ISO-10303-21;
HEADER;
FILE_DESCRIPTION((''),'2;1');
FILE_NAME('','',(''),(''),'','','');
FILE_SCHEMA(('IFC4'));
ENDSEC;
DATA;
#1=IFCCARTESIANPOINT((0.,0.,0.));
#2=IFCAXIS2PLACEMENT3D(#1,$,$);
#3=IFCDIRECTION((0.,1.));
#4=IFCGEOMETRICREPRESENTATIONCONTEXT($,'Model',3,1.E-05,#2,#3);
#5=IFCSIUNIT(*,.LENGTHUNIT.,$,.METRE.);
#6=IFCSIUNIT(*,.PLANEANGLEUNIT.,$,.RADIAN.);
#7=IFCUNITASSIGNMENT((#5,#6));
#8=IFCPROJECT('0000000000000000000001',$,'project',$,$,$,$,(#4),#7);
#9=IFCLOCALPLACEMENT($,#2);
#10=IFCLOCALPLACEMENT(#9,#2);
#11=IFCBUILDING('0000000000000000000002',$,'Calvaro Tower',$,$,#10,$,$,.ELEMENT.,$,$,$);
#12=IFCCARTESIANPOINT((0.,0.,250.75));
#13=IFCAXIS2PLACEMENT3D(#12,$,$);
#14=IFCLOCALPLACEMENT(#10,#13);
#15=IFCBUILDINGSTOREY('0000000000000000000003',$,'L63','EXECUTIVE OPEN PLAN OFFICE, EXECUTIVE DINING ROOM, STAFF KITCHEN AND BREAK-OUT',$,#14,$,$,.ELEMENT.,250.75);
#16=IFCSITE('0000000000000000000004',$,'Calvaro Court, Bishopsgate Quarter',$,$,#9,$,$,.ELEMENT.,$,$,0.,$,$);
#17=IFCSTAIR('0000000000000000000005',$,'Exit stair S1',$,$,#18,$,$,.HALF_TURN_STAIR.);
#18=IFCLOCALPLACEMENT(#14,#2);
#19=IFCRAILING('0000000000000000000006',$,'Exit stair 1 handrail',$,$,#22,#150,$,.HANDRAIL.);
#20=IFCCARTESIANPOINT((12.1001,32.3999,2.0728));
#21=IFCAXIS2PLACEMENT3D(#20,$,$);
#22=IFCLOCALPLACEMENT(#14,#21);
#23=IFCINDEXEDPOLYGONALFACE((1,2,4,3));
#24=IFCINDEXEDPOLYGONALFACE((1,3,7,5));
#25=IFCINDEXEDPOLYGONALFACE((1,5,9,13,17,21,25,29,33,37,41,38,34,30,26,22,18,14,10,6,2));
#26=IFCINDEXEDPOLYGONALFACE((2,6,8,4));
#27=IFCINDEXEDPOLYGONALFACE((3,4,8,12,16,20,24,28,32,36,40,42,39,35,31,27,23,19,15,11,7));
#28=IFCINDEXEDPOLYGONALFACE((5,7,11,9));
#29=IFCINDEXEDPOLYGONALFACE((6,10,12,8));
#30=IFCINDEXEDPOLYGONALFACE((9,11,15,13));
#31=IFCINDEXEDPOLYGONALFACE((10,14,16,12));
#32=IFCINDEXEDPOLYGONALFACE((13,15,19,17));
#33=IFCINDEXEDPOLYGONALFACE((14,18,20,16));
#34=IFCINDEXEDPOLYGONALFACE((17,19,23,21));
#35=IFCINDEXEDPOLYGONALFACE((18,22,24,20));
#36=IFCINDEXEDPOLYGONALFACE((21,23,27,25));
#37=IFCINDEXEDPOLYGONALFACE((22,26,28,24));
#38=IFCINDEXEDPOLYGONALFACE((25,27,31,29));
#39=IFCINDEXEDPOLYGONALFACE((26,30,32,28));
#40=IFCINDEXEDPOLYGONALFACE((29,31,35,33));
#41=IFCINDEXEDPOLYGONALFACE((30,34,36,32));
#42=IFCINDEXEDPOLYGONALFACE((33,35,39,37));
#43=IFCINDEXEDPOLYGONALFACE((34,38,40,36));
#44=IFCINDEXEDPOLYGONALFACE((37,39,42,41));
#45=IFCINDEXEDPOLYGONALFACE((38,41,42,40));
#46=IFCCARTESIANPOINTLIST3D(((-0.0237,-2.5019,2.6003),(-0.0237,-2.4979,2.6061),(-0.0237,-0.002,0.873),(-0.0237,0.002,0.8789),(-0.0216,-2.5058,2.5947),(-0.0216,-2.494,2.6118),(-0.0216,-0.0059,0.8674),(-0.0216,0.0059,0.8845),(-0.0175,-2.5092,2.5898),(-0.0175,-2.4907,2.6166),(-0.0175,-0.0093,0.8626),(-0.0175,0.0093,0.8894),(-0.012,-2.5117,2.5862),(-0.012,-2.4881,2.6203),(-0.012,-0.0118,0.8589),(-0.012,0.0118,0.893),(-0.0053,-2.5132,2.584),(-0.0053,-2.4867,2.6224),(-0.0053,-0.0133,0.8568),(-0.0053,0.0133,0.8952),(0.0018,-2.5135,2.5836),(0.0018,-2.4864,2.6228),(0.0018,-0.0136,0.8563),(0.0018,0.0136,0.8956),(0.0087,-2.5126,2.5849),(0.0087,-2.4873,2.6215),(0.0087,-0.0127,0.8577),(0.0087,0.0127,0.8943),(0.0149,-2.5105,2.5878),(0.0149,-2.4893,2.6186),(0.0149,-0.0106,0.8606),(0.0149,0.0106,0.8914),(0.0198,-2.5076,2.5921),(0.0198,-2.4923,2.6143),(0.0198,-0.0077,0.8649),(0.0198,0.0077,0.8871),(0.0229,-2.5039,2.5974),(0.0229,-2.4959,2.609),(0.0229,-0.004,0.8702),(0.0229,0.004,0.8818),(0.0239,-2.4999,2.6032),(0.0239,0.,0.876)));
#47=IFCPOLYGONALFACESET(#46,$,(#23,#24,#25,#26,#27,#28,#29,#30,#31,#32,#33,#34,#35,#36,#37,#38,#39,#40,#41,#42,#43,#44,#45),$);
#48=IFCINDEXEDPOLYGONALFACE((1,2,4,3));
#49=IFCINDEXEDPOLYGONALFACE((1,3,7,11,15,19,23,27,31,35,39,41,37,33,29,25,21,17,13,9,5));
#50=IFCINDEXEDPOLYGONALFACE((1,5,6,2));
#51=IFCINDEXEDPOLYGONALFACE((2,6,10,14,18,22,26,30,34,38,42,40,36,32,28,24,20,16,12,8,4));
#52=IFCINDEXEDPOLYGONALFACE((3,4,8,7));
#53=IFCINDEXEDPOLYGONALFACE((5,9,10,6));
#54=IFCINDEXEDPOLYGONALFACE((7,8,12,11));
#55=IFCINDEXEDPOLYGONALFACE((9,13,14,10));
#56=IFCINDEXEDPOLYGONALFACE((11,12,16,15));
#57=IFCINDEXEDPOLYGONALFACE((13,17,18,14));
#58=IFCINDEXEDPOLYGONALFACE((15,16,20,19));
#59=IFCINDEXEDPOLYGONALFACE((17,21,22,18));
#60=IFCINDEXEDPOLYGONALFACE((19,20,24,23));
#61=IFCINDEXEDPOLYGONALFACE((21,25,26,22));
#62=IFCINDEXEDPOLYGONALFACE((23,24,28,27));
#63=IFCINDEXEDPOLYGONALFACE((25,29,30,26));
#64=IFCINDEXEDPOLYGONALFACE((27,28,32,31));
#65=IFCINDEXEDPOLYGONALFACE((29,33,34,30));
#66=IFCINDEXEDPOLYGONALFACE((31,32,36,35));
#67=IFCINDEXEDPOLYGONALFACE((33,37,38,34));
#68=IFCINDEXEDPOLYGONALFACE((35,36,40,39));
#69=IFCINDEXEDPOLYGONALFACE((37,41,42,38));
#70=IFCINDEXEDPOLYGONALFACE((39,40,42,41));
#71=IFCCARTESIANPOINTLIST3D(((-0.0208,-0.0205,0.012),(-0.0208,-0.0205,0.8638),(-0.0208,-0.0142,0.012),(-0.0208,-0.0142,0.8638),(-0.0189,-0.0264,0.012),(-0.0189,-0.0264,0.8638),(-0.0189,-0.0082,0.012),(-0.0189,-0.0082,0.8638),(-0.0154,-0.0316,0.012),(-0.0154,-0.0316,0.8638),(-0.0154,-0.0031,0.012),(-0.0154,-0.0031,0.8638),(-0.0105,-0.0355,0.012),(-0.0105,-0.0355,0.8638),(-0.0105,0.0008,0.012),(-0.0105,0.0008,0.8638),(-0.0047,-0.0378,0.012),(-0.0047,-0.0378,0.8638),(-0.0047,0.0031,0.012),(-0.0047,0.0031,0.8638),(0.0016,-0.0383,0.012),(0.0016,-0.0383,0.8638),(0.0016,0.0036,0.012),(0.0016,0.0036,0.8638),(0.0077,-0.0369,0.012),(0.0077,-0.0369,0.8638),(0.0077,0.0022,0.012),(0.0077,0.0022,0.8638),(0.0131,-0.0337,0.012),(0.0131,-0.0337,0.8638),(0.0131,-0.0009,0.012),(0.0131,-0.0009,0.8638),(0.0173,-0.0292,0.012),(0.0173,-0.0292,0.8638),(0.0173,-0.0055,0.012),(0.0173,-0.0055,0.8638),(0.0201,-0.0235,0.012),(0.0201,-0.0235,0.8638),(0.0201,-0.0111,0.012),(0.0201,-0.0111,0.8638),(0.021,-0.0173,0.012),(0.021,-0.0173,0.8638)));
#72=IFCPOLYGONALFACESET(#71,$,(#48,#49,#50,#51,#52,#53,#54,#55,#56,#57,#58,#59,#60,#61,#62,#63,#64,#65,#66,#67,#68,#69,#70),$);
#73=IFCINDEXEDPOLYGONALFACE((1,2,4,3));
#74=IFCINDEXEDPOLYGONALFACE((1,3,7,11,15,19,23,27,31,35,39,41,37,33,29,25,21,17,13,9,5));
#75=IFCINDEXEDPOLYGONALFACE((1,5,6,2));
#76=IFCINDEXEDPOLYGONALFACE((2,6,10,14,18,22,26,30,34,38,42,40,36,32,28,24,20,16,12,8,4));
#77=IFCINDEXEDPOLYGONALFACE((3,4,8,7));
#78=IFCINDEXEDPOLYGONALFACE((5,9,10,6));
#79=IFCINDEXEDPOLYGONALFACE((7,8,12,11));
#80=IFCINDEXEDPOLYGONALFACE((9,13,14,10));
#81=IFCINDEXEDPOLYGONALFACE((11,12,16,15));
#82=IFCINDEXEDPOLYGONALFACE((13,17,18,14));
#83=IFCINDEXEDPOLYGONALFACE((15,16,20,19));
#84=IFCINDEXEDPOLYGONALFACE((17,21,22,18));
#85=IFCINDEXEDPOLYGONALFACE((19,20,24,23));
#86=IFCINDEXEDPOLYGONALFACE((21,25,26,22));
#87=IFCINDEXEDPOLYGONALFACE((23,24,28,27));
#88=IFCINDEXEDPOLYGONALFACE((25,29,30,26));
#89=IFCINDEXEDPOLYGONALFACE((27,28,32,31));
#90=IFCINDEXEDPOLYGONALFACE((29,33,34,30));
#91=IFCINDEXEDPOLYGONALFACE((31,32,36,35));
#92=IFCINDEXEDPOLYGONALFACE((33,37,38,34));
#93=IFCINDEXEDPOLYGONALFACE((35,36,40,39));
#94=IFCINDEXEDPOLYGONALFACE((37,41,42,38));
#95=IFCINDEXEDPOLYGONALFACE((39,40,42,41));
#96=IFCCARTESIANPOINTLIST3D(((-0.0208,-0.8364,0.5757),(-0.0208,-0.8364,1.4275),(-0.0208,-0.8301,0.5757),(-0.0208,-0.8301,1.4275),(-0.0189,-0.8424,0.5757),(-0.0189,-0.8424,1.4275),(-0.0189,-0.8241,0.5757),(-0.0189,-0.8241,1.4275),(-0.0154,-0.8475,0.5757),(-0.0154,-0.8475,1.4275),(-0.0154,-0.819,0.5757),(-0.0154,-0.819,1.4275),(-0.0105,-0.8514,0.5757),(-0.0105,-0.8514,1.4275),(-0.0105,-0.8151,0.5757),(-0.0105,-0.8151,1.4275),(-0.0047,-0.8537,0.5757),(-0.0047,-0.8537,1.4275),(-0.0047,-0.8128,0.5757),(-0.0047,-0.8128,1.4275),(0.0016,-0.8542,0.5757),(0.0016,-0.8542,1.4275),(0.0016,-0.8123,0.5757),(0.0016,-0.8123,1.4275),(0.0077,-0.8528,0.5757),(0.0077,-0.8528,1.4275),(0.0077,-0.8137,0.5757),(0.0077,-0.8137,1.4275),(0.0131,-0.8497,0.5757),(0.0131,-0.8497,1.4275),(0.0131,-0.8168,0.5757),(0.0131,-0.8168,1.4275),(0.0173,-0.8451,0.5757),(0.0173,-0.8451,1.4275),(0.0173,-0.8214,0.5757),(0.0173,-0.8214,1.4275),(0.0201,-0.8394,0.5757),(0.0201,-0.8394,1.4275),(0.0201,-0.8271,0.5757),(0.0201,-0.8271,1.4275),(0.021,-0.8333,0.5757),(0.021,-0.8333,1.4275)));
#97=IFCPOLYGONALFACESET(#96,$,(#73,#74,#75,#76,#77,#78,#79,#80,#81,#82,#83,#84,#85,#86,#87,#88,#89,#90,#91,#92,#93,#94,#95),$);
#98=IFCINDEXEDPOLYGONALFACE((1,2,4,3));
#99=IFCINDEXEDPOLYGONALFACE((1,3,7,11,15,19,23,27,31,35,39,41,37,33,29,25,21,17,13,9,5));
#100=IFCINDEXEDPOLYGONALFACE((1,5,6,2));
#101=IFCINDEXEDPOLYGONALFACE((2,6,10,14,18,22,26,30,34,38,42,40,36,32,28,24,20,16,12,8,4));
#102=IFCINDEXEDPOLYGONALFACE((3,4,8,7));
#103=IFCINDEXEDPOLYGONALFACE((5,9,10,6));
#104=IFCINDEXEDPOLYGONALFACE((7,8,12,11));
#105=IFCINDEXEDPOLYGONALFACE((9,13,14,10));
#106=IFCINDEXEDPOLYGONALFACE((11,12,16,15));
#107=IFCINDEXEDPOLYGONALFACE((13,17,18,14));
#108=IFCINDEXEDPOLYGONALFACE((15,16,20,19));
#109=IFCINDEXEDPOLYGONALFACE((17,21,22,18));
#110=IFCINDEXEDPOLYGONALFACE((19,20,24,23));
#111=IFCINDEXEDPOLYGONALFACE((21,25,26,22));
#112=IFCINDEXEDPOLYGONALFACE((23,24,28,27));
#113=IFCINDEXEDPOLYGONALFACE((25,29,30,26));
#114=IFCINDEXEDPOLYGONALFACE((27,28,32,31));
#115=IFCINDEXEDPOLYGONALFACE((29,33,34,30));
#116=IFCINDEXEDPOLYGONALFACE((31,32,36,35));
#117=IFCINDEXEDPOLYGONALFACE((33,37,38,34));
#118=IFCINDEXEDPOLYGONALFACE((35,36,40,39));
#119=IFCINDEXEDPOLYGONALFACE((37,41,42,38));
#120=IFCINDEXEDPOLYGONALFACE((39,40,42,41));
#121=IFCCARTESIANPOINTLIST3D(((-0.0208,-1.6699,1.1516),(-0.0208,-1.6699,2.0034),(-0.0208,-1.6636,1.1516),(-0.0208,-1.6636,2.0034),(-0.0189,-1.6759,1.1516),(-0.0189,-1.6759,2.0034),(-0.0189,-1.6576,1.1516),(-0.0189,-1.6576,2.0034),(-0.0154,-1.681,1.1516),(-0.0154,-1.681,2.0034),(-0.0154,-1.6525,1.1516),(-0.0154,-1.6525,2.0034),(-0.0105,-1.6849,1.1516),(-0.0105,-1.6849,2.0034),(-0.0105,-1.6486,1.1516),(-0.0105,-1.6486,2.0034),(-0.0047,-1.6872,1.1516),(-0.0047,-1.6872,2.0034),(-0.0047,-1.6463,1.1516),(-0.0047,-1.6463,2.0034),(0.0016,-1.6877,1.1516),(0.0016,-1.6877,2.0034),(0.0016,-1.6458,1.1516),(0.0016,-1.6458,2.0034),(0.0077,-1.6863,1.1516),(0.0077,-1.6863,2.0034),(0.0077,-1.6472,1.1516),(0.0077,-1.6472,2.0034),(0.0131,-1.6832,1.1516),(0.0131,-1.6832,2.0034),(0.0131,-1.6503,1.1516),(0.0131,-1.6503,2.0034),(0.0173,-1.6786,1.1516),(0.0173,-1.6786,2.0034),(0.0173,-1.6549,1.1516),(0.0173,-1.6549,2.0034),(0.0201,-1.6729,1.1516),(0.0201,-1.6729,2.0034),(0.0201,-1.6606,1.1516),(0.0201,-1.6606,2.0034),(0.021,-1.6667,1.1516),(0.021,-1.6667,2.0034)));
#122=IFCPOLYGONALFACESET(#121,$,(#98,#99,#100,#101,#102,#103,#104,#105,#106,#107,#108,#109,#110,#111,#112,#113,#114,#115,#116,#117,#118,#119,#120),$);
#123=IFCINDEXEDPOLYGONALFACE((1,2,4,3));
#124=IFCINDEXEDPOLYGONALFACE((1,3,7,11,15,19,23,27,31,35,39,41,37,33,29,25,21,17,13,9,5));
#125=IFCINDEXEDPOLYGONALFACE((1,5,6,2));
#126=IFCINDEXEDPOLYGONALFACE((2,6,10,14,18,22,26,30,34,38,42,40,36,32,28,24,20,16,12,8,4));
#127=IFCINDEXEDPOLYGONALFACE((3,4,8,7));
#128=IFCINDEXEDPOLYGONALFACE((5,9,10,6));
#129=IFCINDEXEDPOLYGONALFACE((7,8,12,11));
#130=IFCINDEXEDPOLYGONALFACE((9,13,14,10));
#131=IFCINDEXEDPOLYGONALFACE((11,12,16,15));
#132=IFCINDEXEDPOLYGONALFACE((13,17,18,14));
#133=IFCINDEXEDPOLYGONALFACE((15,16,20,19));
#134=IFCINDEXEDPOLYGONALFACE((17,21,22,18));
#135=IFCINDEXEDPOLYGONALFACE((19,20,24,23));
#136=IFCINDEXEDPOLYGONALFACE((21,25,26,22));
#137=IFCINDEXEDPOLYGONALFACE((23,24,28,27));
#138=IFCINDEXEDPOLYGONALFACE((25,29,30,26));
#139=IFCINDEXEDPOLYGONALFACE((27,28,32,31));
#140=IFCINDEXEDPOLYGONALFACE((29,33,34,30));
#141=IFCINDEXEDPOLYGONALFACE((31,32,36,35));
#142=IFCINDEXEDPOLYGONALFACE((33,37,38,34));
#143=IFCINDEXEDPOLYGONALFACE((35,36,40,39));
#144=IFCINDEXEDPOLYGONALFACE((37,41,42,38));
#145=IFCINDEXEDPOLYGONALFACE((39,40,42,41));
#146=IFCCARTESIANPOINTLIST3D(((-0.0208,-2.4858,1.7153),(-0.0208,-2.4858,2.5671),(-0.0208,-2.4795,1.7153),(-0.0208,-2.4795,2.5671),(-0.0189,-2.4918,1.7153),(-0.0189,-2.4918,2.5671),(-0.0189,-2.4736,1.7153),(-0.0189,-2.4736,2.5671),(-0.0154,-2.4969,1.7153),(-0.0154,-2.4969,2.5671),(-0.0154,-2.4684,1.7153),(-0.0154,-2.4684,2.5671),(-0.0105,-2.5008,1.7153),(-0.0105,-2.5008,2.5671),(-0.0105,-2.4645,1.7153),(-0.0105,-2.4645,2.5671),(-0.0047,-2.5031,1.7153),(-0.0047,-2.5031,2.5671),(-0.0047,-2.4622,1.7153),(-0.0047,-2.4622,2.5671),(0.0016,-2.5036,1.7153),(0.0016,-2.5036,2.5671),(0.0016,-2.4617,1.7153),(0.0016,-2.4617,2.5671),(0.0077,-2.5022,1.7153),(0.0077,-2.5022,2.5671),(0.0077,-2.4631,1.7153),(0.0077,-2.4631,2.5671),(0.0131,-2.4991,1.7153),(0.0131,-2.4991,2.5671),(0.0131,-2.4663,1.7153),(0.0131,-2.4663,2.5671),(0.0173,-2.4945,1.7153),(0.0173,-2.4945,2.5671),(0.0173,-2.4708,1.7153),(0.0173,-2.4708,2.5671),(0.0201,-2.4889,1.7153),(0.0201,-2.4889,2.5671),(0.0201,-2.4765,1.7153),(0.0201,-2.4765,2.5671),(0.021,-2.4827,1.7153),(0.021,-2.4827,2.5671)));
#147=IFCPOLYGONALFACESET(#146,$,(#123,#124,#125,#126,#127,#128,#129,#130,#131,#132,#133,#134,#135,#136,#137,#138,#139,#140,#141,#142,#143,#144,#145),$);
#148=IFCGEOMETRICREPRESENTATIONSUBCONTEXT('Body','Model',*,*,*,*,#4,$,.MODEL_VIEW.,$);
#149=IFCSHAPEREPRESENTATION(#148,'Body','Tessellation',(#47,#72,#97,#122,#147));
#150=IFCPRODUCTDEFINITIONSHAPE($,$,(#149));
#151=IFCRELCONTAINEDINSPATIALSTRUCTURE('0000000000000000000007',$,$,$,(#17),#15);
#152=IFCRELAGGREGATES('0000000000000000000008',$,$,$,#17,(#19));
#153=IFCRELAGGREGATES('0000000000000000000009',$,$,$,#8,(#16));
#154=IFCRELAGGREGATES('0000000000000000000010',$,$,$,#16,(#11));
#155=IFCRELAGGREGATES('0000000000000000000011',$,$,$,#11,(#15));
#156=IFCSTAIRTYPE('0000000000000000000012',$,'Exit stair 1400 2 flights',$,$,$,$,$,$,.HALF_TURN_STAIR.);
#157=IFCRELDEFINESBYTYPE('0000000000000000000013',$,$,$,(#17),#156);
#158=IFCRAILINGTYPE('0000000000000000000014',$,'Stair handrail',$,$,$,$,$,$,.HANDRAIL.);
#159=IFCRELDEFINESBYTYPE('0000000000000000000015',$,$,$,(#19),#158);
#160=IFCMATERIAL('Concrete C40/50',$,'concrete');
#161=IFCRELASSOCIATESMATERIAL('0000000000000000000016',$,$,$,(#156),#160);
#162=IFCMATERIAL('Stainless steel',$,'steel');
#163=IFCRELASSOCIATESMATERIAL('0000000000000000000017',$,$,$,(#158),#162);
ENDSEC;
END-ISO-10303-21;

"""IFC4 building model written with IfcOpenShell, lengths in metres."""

from ifc_helpers import new_model, si_unit, direction, frame, origin, origin_2d, place, context, subcontext, project, spatial, circle, extrude, material, type_object, element, aggregate, save


model = new_model("IFC4")

# Units and contexts
model_context = context("Model", 3, precision=1e-05, world=origin(), true_north=direction((0.0, 1.0)))
body_context = subcontext(model_context, "Body", "Model", "MODEL_VIEW")
ifc_project = project(units=[si_unit("LENGTHUNIT", "METRE"), si_unit("PLANEANGLEUNIT", "RADIAN")], contexts=[model_context])

# Site, building, storey
site_placement = place(None, origin())
site = spatial("IfcSite", under=ifc_project, at=site_placement, Name="Calvaro Court, Bishopsgate Quarter", CompositionType="ELEMENT", RefElevation=0.0)
building_placement = place(site_placement, origin())
building = spatial("IfcBuilding", under=site, at=building_placement, Name="Calvaro Tower", CompositionType="ELEMENT")
storey_placement = place(building_placement, frame((0.0, 0.0, 250.75)))
storey = spatial("IfcBuildingStorey", under=building, at=storey_placement, Name="L63", Description="EXECUTIVE OPEN PLAN OFFICE, EXECUTIVE DINING ROOM, STAFF KITCHEN AND BREAK-OUT", CompositionType="ELEMENT", Elevation=250.75)

# Stair, railing
ifc_material_1 = material(Name="Concrete C40/50", Category="concrete")
stair_type = type_object("IfcStairType", Name="Exit stair 1400 2 flights", PredefinedType="HALF_TURN_STAIR", material=ifc_material_1)
stair_placement = place(storey_placement, origin())
stair = element("IfcStair", 1, at=stair_placement, inside=storey, type_object=stair_type, Name="Exit stair S1", PredefinedType="HALF_TURN_STAIR")
ifc_material_2 = material(Name="Stainless steel", Category="steel")
railing_type = type_object("IfcRailingType", Name="Stair handrail", PredefinedType="HANDRAIL", material=ifc_material_2)
railing_1_placement = place(storey_placement, frame((12.1001, 32.3999, 2.0728)))
railing_1 = element("IfcRailing", 2, at=railing_1_placement, type_object=railing_type, Name="Exit stair 1 handrail", PredefinedType="HANDRAIL", context=body_context, shape_type="SweptSolid", body=[
    extrude(circle(Radius=0.0239, at=origin_2d()), frame((0.0, 0.0, 0.876), z_axis=(0.0, -0.822727, 0.568437), x_axis=(1.0, 0.0, 0.0)), (0.0, 0.0, 1.0), 3.0386),
    extrude(circle(Radius=0.021, at=origin_2d()), frame((0.0, -0.0173, 0.012)), (0.0, 0.0, 1.0), 0.8518),
    extrude(circle(Radius=0.021, at=origin_2d()), frame((0.0, -0.8333, 0.5757)), (0.0, 0.0, 1.0), 0.8518),
    extrude(circle(Radius=0.021, at=origin_2d()), frame((0.0, -1.6667, 1.1516)), (0.0, 0.0, 1.0), 0.8518),
    extrude(circle(Radius=0.021, at=origin_2d()), frame((0.0, -2.4827, 1.7153)), (0.0, 0.0, 1.0), 0.8518),
])
aggregate(stair, [railing_1])

save(model, "model.ifc")
